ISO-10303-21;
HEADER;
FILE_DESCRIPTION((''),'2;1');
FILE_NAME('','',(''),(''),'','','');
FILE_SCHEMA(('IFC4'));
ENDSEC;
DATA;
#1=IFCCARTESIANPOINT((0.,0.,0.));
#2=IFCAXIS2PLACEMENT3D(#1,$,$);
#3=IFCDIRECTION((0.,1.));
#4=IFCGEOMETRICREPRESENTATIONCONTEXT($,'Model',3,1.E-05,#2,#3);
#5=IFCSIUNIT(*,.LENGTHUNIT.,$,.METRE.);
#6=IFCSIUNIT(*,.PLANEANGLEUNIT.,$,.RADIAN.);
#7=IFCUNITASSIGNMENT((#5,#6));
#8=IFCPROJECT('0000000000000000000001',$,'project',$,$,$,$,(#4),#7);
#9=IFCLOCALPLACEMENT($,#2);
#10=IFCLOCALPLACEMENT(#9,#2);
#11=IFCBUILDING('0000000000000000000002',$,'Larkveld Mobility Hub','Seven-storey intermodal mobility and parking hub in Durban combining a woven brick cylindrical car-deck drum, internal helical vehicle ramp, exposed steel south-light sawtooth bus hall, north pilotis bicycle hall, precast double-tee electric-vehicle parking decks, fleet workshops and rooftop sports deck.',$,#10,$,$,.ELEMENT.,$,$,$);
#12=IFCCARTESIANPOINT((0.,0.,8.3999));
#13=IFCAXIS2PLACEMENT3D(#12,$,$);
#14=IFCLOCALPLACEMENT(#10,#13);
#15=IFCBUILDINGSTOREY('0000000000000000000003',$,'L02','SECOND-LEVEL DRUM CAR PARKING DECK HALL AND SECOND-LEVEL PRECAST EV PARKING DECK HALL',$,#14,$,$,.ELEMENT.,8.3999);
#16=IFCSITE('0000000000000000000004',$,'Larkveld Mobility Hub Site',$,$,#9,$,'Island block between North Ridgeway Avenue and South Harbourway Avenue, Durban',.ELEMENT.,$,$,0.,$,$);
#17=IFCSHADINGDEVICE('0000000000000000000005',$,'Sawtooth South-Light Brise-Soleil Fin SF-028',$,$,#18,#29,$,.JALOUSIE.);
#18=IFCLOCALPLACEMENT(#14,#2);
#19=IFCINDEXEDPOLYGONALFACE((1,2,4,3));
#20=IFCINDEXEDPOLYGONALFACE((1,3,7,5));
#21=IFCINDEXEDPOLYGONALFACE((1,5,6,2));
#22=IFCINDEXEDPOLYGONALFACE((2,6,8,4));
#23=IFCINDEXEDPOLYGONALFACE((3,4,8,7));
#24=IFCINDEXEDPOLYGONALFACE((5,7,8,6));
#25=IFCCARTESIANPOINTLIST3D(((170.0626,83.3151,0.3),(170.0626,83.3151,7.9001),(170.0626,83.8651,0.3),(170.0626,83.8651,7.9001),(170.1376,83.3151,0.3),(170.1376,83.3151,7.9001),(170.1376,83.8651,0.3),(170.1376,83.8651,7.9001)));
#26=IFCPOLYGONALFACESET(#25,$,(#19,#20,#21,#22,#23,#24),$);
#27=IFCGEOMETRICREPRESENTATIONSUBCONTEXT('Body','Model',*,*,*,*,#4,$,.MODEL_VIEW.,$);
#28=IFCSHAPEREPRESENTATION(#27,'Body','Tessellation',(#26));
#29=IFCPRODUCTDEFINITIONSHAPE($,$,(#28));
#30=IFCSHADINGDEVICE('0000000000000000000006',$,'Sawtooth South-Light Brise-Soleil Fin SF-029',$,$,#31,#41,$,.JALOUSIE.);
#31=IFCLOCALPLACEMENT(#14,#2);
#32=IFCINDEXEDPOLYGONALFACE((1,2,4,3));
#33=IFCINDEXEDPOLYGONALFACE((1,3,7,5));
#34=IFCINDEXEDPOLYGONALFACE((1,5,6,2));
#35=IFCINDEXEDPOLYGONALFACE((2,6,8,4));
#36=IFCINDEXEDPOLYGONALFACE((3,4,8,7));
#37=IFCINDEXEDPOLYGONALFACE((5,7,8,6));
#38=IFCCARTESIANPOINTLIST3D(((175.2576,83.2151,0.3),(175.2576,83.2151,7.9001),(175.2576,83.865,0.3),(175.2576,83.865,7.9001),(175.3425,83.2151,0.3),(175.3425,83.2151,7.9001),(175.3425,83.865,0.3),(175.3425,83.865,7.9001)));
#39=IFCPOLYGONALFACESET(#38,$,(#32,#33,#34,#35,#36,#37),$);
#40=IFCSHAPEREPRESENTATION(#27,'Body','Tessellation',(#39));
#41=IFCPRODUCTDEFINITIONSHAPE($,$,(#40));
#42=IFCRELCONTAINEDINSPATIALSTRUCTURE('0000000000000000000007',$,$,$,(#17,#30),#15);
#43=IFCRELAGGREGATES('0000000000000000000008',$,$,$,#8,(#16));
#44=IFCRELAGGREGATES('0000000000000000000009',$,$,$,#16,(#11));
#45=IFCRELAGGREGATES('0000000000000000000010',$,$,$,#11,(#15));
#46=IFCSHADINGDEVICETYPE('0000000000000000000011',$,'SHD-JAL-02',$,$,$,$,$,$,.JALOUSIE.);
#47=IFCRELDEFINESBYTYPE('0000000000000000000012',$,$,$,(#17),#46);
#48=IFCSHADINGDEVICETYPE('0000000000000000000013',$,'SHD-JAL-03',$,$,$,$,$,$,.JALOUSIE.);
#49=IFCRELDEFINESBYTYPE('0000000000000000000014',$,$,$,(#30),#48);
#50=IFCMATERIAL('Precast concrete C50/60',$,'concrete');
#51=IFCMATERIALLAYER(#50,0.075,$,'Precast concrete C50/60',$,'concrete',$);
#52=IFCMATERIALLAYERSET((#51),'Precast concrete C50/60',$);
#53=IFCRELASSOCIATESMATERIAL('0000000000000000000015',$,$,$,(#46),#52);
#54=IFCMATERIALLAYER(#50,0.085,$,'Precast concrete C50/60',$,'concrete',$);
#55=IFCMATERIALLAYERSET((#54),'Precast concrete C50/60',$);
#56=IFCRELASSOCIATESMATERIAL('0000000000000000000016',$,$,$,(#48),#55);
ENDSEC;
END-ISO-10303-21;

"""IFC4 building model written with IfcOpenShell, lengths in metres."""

from ifc_helpers import new_model, si_unit, direction, frame, origin, origin_2d, place, context, subcontext, project, spatial, rectangle, extrude, material, layer, layer_set, type_object, element, save


model = new_model("IFC4")

# Units and contexts
model_context = context("Model", 3, precision=1e-05, world=origin(), true_north=direction((0.0, 1.0)))
body_context = subcontext(model_context, "Body", "Model", "MODEL_VIEW")
ifc_project = project(units=[si_unit("LENGTHUNIT", "METRE"), si_unit("PLANEANGLEUNIT", "RADIAN")], contexts=[model_context])

# Site, building, storey
site_placement = place(None, origin())
site = spatial("IfcSite", under=ifc_project, at=site_placement, Name="Larkveld Mobility Hub Site", LongName="Island block between North Ridgeway Avenue and South Harbourway Avenue, Durban", CompositionType="ELEMENT", RefElevation=0.0)
building_placement = place(site_placement, origin())
building = spatial("IfcBuilding", under=site, at=building_placement, Name="Larkveld Mobility Hub", Description="Seven-storey intermodal mobility and parking hub in Durban combining a woven brick cylindrical car-deck drum, internal helical vehicle ramp, exposed steel south-light sawtooth bus hall, north pilotis bicycle hall, precast double-tee electric-vehicle parking decks, fleet workshops and rooftop sports deck.", CompositionType="ELEMENT")
storey_placement = place(building_placement, frame((0.0, 0.0, 8.3999)))
storey = spatial("IfcBuildingStorey", under=building, at=storey_placement, Name="L02", Description="SECOND-LEVEL DRUM CAR PARKING DECK HALL AND SECOND-LEVEL PRECAST EV PARKING DECK HALL", CompositionType="ELEMENT", Elevation=8.3999)

# Shading devices
ifc_material_1 = material(Name="Precast concrete C50/60", Category="concrete")
ifc_layer_1 = layer(ifc_material_1, 0.075, Name="Precast concrete C50/60", Category="concrete")
ifc_layer_set_1 = layer_set([ifc_layer_1], Name="Precast concrete C50/60")
shading_device_type_1 = type_object("IfcShadingDeviceType", Name="SHD-JAL-02", PredefinedType="JALOUSIE", material=ifc_layer_set_1)
shading_device_1_placement = place(storey_placement, frame((170.1001, 83.5901, 0.3), z_axis=(0.0, 0.0, 1.0), x_axis=(1.0, 0.0, 0.0)))
element("IfcShadingDevice", 1, at=shading_device_1_placement, inside=storey, type_object=shading_device_type_1, Name="Sawtooth South-Light Brise-Soleil Fin SF-028", PredefinedType="JALOUSIE", context=body_context, shape_type="SweptSolid", body=[
    extrude(rectangle(XDim=0.075, YDim=0.55, at=origin_2d()), origin(), (0.0, 0.0, 1.0), 7.6001),
])
ifc_layer_2 = layer(ifc_material_1, 0.085, Name="Precast concrete C50/60", Category="concrete")
ifc_layer_set_2 = layer_set([ifc_layer_2], Name="Precast concrete C50/60")
shading_device_type_2 = type_object("IfcShadingDeviceType", Name="SHD-JAL-03", PredefinedType="JALOUSIE", material=ifc_layer_set_2)
shading_device_2_placement = place(storey_placement, frame((175.3, 83.54, 0.3), z_axis=(0.0, 0.0, 1.0), x_axis=(1.0, 0.0, 0.0)))
element("IfcShadingDevice", 2, at=shading_device_2_placement, inside=storey, type_object=shading_device_type_2, Name="Sawtooth South-Light Brise-Soleil Fin SF-029", PredefinedType="JALOUSIE", context=body_context, shape_type="SweptSolid", body=[
    extrude(rectangle(XDim=0.085, YDim=0.6499, at=origin_2d()), origin(), (0.0, 0.0, 1.0), 7.6001),
])

save(model, "model.ifc")
